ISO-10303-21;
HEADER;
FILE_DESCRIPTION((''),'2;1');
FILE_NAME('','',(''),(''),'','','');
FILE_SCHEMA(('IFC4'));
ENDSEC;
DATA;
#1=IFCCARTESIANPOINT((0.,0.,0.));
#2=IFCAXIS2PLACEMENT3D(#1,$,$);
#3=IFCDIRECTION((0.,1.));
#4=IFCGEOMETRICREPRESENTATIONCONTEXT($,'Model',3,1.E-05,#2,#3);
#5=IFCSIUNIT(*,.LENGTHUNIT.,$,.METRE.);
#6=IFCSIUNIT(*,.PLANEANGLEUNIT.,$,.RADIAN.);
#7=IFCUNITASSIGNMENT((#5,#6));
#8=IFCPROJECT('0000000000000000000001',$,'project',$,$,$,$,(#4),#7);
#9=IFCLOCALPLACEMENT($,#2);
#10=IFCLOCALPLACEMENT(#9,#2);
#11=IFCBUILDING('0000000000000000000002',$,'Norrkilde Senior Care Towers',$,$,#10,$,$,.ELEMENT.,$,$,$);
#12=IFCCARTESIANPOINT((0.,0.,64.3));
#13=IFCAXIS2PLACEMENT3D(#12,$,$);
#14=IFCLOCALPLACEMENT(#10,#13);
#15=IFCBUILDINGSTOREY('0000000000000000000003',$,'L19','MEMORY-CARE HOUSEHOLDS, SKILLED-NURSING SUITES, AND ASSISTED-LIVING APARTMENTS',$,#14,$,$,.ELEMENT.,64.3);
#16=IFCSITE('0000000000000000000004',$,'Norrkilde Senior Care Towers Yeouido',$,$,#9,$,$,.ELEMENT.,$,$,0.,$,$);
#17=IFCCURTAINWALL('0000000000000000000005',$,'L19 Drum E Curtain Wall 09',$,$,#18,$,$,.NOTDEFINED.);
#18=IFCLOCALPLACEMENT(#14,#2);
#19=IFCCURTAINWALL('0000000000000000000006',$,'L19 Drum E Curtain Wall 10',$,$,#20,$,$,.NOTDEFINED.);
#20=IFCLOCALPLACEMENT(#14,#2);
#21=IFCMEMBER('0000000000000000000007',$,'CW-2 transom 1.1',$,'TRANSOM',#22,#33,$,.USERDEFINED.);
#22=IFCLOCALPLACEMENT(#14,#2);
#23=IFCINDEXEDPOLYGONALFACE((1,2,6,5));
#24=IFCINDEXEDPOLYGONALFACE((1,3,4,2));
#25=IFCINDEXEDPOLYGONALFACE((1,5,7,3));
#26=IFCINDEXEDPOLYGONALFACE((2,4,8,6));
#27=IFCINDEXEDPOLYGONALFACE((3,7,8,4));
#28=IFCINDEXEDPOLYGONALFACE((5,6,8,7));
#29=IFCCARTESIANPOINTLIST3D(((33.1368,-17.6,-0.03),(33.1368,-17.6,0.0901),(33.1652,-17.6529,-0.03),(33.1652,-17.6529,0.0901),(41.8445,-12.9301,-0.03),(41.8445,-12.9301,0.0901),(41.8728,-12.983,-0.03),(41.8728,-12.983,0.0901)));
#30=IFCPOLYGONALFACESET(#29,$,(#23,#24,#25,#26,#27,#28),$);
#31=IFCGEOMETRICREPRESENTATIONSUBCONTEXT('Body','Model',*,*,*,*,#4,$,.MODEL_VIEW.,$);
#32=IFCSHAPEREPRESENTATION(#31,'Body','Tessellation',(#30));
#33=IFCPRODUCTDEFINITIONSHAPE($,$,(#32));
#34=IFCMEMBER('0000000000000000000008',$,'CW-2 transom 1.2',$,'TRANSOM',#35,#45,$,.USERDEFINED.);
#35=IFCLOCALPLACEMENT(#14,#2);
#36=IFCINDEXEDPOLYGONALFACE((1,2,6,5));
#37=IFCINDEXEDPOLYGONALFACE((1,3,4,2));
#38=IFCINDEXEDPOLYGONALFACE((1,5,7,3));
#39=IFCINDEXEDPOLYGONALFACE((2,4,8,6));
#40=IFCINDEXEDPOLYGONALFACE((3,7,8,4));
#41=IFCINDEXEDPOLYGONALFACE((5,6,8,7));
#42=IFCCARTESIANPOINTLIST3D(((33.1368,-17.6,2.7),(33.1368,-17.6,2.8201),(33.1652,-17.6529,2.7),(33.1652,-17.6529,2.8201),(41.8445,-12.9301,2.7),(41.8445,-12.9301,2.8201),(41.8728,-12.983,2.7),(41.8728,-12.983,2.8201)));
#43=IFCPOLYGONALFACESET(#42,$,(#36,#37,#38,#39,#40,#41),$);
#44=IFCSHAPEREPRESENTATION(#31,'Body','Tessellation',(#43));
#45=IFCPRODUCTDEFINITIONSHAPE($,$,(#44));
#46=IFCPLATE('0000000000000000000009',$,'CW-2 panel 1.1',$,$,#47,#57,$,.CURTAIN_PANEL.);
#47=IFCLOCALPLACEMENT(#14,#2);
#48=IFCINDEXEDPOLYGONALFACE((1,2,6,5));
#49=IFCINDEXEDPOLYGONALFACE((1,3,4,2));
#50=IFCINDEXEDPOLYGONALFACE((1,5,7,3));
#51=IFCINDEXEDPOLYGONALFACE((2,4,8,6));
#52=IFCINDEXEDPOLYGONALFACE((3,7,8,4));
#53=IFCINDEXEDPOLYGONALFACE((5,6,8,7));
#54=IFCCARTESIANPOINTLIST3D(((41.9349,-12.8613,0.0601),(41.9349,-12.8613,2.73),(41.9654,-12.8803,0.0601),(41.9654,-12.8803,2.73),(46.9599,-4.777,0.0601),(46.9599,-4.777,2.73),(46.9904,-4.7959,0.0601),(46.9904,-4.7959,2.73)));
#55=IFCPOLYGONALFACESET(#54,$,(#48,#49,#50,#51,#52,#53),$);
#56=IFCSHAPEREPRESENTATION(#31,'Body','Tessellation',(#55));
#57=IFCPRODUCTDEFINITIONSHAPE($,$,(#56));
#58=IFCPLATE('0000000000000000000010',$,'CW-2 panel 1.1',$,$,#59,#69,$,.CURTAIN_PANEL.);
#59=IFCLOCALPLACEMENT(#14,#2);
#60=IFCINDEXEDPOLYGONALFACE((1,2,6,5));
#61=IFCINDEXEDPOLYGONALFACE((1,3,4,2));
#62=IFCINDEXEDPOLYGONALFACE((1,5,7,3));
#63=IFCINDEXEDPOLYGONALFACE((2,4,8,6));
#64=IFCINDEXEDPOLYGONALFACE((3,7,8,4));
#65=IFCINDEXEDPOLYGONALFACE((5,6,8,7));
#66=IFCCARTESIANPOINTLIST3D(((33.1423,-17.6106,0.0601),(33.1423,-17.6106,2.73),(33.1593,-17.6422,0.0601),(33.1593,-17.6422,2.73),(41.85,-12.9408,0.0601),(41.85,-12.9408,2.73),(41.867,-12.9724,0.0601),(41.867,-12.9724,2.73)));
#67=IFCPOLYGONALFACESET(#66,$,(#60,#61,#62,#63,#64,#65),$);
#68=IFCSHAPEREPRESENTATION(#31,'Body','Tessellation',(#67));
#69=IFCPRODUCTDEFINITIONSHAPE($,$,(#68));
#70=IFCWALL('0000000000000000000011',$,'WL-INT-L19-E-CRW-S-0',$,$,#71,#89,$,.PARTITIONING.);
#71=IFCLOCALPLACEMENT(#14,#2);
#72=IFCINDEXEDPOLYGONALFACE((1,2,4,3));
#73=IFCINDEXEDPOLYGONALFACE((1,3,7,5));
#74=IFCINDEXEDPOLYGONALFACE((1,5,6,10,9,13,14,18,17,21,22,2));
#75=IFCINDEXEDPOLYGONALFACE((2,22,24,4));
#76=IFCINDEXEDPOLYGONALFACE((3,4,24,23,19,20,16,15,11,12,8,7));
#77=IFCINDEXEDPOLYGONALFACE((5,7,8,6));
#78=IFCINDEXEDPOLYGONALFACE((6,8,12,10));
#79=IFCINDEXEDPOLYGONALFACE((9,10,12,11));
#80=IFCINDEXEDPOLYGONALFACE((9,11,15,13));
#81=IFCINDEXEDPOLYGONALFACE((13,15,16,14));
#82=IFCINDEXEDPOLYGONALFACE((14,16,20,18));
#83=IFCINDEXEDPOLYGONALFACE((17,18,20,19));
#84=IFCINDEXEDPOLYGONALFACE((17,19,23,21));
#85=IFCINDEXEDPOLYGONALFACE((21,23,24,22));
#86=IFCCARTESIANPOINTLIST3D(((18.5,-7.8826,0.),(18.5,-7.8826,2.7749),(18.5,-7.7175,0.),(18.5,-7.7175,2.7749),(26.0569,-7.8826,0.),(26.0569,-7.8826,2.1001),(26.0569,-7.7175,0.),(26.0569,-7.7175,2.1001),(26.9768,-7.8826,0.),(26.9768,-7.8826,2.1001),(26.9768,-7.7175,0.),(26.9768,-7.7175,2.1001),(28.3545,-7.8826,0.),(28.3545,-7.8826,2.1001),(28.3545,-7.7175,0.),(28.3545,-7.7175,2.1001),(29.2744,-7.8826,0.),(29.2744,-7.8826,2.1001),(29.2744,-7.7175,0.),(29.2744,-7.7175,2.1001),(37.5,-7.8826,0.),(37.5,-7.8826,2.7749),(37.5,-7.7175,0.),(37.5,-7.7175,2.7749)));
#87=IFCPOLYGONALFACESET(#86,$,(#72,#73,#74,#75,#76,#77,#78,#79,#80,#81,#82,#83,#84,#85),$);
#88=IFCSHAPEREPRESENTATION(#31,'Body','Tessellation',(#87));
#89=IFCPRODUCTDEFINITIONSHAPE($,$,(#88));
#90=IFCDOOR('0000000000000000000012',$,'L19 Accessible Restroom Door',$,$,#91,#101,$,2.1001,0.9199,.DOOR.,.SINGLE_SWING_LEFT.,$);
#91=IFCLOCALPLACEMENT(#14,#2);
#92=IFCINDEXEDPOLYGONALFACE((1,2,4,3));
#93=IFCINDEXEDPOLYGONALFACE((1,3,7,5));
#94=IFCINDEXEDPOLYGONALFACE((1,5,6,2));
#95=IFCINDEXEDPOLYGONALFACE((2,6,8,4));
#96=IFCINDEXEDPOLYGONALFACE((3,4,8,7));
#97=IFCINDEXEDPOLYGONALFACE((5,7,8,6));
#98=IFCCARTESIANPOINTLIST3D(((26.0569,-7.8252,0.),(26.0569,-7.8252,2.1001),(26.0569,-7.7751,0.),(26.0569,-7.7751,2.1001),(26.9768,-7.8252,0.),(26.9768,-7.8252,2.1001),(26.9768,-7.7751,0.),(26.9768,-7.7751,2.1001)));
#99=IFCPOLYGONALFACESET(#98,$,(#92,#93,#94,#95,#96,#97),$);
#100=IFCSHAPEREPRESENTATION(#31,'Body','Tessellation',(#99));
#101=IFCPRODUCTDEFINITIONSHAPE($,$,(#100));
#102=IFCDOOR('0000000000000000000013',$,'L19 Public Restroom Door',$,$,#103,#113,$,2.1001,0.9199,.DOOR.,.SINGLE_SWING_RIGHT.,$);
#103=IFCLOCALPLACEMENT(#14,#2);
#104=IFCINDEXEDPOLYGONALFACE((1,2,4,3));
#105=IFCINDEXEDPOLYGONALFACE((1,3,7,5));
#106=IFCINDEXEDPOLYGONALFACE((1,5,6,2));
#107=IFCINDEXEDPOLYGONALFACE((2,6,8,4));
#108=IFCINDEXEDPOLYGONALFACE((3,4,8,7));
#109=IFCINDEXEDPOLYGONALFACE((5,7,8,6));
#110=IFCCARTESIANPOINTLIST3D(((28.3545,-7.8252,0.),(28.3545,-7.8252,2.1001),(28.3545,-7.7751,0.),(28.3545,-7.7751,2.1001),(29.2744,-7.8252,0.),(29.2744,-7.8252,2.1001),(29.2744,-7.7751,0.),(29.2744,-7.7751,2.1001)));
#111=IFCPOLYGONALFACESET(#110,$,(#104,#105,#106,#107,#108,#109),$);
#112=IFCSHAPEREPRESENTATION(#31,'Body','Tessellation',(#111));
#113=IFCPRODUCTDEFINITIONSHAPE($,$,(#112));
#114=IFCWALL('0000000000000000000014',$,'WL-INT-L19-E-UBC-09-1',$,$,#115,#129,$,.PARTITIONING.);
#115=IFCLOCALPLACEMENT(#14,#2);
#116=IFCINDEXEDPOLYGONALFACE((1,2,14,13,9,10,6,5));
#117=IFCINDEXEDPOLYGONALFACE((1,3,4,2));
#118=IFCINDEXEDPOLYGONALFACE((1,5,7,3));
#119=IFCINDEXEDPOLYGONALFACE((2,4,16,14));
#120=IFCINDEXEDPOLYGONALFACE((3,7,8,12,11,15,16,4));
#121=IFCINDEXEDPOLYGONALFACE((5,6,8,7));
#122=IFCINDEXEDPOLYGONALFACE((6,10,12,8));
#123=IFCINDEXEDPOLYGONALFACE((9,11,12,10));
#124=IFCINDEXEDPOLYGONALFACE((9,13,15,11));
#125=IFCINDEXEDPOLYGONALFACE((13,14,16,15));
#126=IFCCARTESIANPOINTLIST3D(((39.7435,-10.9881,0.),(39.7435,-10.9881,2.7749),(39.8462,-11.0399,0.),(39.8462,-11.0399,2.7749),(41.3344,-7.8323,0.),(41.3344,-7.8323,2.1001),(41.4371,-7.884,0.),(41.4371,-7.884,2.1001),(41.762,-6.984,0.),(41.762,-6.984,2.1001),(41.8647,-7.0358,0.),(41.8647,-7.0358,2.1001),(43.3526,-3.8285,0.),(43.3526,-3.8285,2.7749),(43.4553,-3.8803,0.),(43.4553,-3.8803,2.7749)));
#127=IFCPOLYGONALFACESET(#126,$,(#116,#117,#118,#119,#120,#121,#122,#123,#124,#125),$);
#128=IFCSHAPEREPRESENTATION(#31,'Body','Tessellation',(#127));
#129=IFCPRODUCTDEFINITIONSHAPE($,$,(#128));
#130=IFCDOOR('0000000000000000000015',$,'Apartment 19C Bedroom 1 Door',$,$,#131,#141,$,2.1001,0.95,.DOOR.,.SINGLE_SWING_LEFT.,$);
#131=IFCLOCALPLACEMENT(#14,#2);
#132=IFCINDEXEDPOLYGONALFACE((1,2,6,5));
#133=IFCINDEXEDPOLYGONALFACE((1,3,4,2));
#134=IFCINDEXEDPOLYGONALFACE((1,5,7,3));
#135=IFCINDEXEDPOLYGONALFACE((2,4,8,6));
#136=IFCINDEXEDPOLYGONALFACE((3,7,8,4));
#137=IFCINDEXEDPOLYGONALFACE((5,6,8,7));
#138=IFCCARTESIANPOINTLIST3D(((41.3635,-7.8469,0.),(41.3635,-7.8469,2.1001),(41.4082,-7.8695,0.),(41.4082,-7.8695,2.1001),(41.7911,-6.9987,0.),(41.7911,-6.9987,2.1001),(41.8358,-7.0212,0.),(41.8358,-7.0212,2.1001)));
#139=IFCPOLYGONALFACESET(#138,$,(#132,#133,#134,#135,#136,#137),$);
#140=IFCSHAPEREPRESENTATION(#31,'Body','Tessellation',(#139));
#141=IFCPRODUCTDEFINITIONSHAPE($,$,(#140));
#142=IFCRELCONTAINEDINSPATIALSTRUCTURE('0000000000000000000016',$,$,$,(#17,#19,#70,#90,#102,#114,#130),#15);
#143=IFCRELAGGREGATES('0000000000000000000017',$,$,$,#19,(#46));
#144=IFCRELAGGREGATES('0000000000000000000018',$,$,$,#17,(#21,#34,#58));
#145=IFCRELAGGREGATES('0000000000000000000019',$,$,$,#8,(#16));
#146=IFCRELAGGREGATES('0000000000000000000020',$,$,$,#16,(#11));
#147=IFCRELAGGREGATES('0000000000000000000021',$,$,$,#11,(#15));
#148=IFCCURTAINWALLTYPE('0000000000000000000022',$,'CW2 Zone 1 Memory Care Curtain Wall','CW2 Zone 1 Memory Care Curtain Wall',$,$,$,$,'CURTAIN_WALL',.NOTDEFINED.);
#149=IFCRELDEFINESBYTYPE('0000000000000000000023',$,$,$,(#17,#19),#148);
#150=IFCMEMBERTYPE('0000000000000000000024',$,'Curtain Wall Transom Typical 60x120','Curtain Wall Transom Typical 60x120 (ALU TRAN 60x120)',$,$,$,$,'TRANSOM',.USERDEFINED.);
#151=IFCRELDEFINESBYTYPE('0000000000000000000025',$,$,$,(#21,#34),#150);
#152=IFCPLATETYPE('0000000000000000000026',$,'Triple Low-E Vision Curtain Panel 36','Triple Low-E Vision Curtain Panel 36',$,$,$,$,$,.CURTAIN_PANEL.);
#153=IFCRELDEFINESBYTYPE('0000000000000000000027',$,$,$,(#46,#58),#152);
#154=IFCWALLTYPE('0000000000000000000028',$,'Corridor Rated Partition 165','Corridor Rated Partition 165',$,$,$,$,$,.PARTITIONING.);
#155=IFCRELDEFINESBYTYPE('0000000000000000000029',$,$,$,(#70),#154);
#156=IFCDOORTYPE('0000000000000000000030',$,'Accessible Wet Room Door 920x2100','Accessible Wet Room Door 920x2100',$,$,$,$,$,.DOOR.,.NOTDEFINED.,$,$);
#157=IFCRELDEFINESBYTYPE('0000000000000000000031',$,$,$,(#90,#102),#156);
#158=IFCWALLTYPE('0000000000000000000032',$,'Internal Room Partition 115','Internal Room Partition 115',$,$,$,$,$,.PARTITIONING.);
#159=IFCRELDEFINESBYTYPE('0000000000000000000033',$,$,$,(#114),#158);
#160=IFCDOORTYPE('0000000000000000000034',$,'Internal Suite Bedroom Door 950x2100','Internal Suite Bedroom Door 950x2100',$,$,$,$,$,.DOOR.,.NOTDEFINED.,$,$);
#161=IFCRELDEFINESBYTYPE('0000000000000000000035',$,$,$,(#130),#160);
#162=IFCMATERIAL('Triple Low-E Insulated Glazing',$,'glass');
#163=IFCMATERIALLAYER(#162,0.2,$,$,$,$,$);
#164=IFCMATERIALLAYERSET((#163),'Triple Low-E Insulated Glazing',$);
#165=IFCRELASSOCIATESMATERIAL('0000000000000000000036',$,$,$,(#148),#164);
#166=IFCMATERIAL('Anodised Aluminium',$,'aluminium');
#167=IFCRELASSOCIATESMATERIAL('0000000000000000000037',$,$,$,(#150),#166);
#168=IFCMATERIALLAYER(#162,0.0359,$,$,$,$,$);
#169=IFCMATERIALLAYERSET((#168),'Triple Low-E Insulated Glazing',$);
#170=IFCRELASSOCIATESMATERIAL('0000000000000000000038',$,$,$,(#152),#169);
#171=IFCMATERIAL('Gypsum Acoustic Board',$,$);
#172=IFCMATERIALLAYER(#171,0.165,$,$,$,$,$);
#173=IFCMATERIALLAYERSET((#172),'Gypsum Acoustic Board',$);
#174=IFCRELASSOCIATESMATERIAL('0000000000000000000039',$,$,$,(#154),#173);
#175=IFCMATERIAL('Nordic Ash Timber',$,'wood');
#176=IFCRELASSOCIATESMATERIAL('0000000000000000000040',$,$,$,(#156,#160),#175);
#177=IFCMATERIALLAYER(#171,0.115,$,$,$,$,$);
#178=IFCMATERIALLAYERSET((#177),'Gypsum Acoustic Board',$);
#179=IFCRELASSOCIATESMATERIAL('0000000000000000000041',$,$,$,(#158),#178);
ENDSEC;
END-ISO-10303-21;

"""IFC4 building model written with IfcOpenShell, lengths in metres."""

from ifc_helpers import new_model, si_unit, direction, frame, frame_2d, origin, origin_2d, place, context, subcontext, project, spatial, rectangle, extrude, source, transform, mapped, material, layer, layer_set, material_profile, profile_set, type_object, type_shapes, element, fill, aggregate, save


model = new_model("IFC4")

# Units and contexts
model_context = context("Model", 3, precision=1e-05, world=origin(), true_north=direction((0.0, 1.0)))
body_context = subcontext(model_context, "Body", "Model", "MODEL_VIEW")
ifc_project = project(units=[si_unit("LENGTHUNIT", "METRE"), si_unit("PLANEANGLEUNIT", "RADIAN")], contexts=[model_context])

# Site, building, storey
site_placement = place(None, origin())
site = spatial("IfcSite", under=ifc_project, at=site_placement, Name="Norrkilde Senior Care Towers Yeouido", CompositionType="ELEMENT", RefElevation=0.0)
building_placement = place(site_placement, origin())
building = spatial("IfcBuilding", under=site, at=building_placement, Name="Norrkilde Senior Care Towers", CompositionType="ELEMENT")
storey_placement = place(building_placement, frame((0.0, 0.0, 64.3)))
storey = spatial("IfcBuildingStorey", under=building, at=storey_placement, Name="L19", Description="MEMORY-CARE HOUSEHOLDS, SKILLED-NURSING SUITES, AND ASSISTED-LIVING APARTMENTS", CompositionType="ELEMENT", Elevation=64.3)

# Curtain wall
ifc_material_1 = material(Name="Triple Low-E Insulated Glazing", Category="glass")
ifc_layer_1 = layer(ifc_material_1, 0.2)
ifc_layer_set_1 = layer_set([ifc_layer_1], Name="Triple Low-E Insulated Glazing")
curtain_wall_type = type_object("IfcCurtainWallType", Name="CW2 Zone 1 Memory Care Curtain Wall", Description="CW2 Zone 1 Memory Care Curtain Wall", ElementType="CURTAIN_WALL", PredefinedType="NOTDEFINED", material=ifc_layer_set_1)
curtain_wall_1_placement = place(storey_placement, origin())
curtain_wall_1 = element("IfcCurtainWall", 1, at=curtain_wall_1_placement, inside=storey, type_object=curtain_wall_type, Name="L19 Drum E Curtain Wall 09", PredefinedType="NOTDEFINED")
ifc_material_2 = material(Name="Anodised Aluminium", Category="aluminium")

# Curtain wall
curtain_wall_2_placement = place(storey_placement, origin())
curtain_wall_2 = element("IfcCurtainWall", 2, at=curtain_wall_2_placement, inside=storey, type_object=curtain_wall_type, Name="L19 Drum E Curtain Wall 10", PredefinedType="NOTDEFINED")

# Members
ifc_material_profile_1 = material_profile(ifc_material_2, rectangle(XDim=0.0601, YDim=0.1201, at=origin_2d()), Name="ALU TRAN 60x120")
ifc_profile_set_1 = profile_set([ifc_material_profile_1], Name="Anodised Aluminium")
member_type_1 = type_object("IfcMemberType", Name="Curtain Wall Transom Typical 60x120", Description="Curtain Wall Transom Typical 60x120 (ALU TRAN 60x120)", ElementType="TRANSOM", PredefinedType="USERDEFINED", material=ifc_profile_set_1)
shared_shape_1 = source(origin(), body_context, "Body", "SweptSolid", [
    extrude(rectangle(XDim=0.0601, YDim=0.1201, at=origin_2d()), origin(), (0.0, 0.0, 1.0), 9.8809),
])
member_1_placement = place(storey_placement, frame((41.8586, -12.9565, 0.03), z_axis=(-0.881267, -0.472618, 0.0), x_axis=(0.472618, -0.881267, 0.0)))
member_1 = element("IfcMember", 3, at=member_1_placement, type_object=member_type_1, Name="CW-2 transom 1.1", ObjectType="TRANSOM", PredefinedType="USERDEFINED", context=body_context, shape_type="MappedRepresentation", body=[
    mapped(shared_shape_1, transform((0.0, 0.0, 0.0), x_axis=(1.0, 0.0, 0.0), y_axis=(0.0, 1.0, 0.0), z_axis=(0.0, 0.0, 1.0), scale=1.0)),
])
member_2_placement = place(storey_placement, frame((41.8586, -12.9565, 2.76), z_axis=(-0.881267, -0.472618, 0.0), x_axis=(0.472618, -0.881267, 0.0)))
member_2 = element("IfcMember", 4, at=member_2_placement, type_object=member_type_1, Name="CW-2 transom 1.2", ObjectType="TRANSOM", PredefinedType="USERDEFINED", context=body_context, shape_type="MappedRepresentation", body=[
    mapped(shared_shape_1, transform((0.0, 0.0, 0.0), x_axis=(1.0, 0.0, 0.0), y_axis=(0.0, 1.0, 0.0), z_axis=(0.0, 0.0, 1.0), scale=1.0)),
])

# Plates
ifc_layer_2 = layer(ifc_material_1, 0.0359)
ifc_layer_set_2 = layer_set([ifc_layer_2], Name="Triple Low-E Insulated Glazing")
plate_type = type_object("IfcPlateType", Name="Triple Low-E Vision Curtain Panel 36", Description="Triple Low-E Vision Curtain Panel 36", PredefinedType="CURTAIN_PANEL", material=ifc_layer_set_2)
shared_shape_2 = source(origin(), body_context, "Body", "SweptSolid", [
    extrude(rectangle(XDim=9.5188, YDim=0.0359, at=origin_2d()), origin(), (0.0, 0.0, 1.0), 2.6699),
])
plate_1_placement = place(storey_placement, frame((44.4626, -8.8286, 0.0601), z_axis=(0.0, 0.0, 1.0), x_axis=(-0.527901, -0.849306, 0.0)))
plate_1 = element("IfcPlate", 5, at=plate_1_placement, type_object=plate_type, Name="CW-2 panel 1.1", PredefinedType="CURTAIN_PANEL", context=body_context, shape_type="MappedRepresentation", body=[
    mapped(shared_shape_2, transform((0.0, 0.0, 0.0), x_axis=(1.0, 0.0, 0.0), y_axis=(0.0, 1.0, 0.0), z_axis=(0.0, 0.0, 1.0), scale=1.0)),
])
aggregate(curtain_wall_2, [plate_1])
shared_shape_3 = source(origin(), body_context, "Body", "SweptSolid", [
    extrude(rectangle(XDim=9.8809, YDim=0.0359, at=origin_2d()), origin(), (0.0, 0.0, 1.0), 2.6699),
])
type_shapes(plate_type, [shared_shape_2, shared_shape_3])
plate_2_placement = place(storey_placement, frame((37.5046, -15.2915, 0.0601), z_axis=(0.0, 0.0, 1.0), x_axis=(-0.881273, -0.472608, 0.0)))
plate_2 = element("IfcPlate", 6, at=plate_2_placement, type_object=plate_type, Name="CW-2 panel 1.1", PredefinedType="CURTAIN_PANEL", context=body_context, shape_type="MappedRepresentation", body=[
    mapped(shared_shape_3, transform((0.0, 0.0, 0.0), x_axis=(1.0, 0.0, 0.0), y_axis=(0.0, 1.0, 0.0), z_axis=(0.0, 0.0, 1.0), scale=1.0)),
])
aggregate(curtain_wall_1, [member_1, member_2, plate_2])

# Wall, openings, doors
ifc_material_3 = material(Name="Gypsum Acoustic Board")
ifc_layer_3 = layer(ifc_material_3, 0.165)
ifc_layer_set_3 = layer_set([ifc_layer_3], Name="Gypsum Acoustic Board")
wall_type_1 = type_object("IfcWallType", Name="Corridor Rated Partition 165", Description="Corridor Rated Partition 165", PredefinedType="PARTITIONING", material=ifc_layer_set_3)
shared_shape_4 = source(origin(), body_context, "Body", "SweptSolid", [
    extrude(rectangle(XDim=19.0, YDim=0.165, at=frame_2d((9.5, 0.0))), origin(), (0.0, 0.0, 1.0), 2.7749),
])
type_shapes(wall_type_1, [shared_shape_4])
wall_1_placement = place(storey_placement, frame((37.5, -7.8, 0.0), z_axis=(0.0, 0.0, 1.0), x_axis=(-1.0, 0.0, 0.0)))
wall_1 = element("IfcWall", 7, at=wall_1_placement, inside=storey, type_object=wall_type_1, Name="WL-INT-L19-E-CRW-S-0", PredefinedType="PARTITIONING", context=body_context, shape_type="MappedRepresentation", body=[
    mapped(shared_shape_4, transform((0.0, 0.0, 0.0), x_axis=(1.0, 0.0, 0.0), y_axis=(0.0, 1.0, 0.0), z_axis=(0.0, 0.0, 1.0), scale=1.0)),
])
opening_1_placement = place(wall_1_placement, frame((10.5232, 0.0, 0.0)))
opening_1 = element("IfcOpeningElement", 8, at=opening_1_placement, cuts=wall_1, PredefinedType="OPENING", context=body_context, shape_type="SweptSolid", body=[
    extrude(rectangle(XDim=0.9199, YDim=2.1001, at=frame_2d((0.46, 1.05))), frame((0.0, 0.0925, 0.0), z_axis=(0.0, -1.0, 0.0), x_axis=(1.0, 0.0, 0.0)), (0.0, 0.0, 1.0), 0.1851),
])
opening_2_placement = place(wall_1_placement, frame((8.2256, 0.0, 0.0)))
opening_2 = element("IfcOpeningElement", 9, at=opening_2_placement, cuts=wall_1, PredefinedType="OPENING", context=body_context, shape_type="SweptSolid", body=[
    extrude(rectangle(XDim=0.9199, YDim=2.1001, at=frame_2d((0.46, 1.05))), frame((0.0, 0.0925, 0.0), z_axis=(0.0, -1.0, 0.0), x_axis=(1.0, 0.0, 0.0)), (0.0, 0.0, 1.0), 0.1851),
])
ifc_material_4 = material(Name="Nordic Ash Timber", Category="wood")
door_type_1 = type_object("IfcDoorType", Name="Accessible Wet Room Door 920x2100", Description="Accessible Wet Room Door 920x2100", OperationType="NOTDEFINED", PredefinedType="DOOR", material=ifc_material_4)
shared_shape_5 = source(origin(), body_context, "Body", "SweptSolid", [
    extrude(rectangle(XDim=0.9199, YDim=2.1001, at=frame_2d((0.46, 1.05))), frame((0.0, 0.0249, 0.0), z_axis=(0.0, -1.0, 0.0), x_axis=(1.0, 0.0, 0.0)), (0.0, 0.0, 1.0), 0.05),
])
type_shapes(door_type_1, [shared_shape_5])
door_1_placement = place(opening_1_placement, frame((0.9199, 0.0, 0.0), z_axis=(0.0, 0.0, 1.0), x_axis=(-1.0, 0.0, 0.0)))
door_1 = element("IfcDoor", 10, at=door_1_placement, inside=storey, type_object=door_type_1, Name="L19 Accessible Restroom Door", OperationType="SINGLE_SWING_LEFT", OverallHeight=2.1001, OverallWidth=0.9199, PredefinedType="DOOR", context=body_context, shape_type="MappedRepresentation", body=[
    mapped(shared_shape_5, transform((0.0, 0.0, 0.0), x_axis=(1.0, 0.0, 0.0), y_axis=(0.0, 1.0, 0.0), z_axis=(0.0, 0.0, 1.0), scale=1.0)),
])
fill(opening_1, door_1)
door_2_placement = place(opening_2_placement, frame((0.9199, 0.0, 0.0), z_axis=(0.0, 0.0, 1.0), x_axis=(-1.0, 0.0, 0.0)))
door_2 = element("IfcDoor", 11, at=door_2_placement, inside=storey, type_object=door_type_1, Name="L19 Public Restroom Door", OperationType="SINGLE_SWING_RIGHT", OverallHeight=2.1001, OverallWidth=0.9199, PredefinedType="DOOR", context=body_context, shape_type="MappedRepresentation", body=[
    mapped(shared_shape_5, transform((0.0, 0.0, 0.0), x_axis=(1.0, 0.0, 0.0), y_axis=(0.0, 1.0, 0.0), z_axis=(0.0, 0.0, 1.0), scale=1.0)),
])
fill(opening_2, door_2)

# Wall, opening, door
ifc_layer_4 = layer(ifc_material_3, 0.115)
ifc_layer_set_4 = layer_set([ifc_layer_4], Name="Gypsum Acoustic Board")
wall_type_2 = type_object("IfcWallType", Name="Internal Room Partition 115", Description="Internal Room Partition 115", PredefinedType="PARTITIONING", material=ifc_layer_set_4)
shared_shape_6 = source(origin(), body_context, "Body", "SweptSolid", [
    extrude(rectangle(XDim=8.0178, YDim=0.115, at=frame_2d((4.0088, 0.0))), origin(), (0.0, 0.0, 1.0), 2.7749),
])
wall_2_placement = place(storey_placement, frame((39.7949, -11.0139, 0.0), z_axis=(0.0, 0.0, 1.0), x_axis=(0.450134, 0.892961, 0.0)))
wall_2 = element("IfcWall", 12, at=wall_2_placement, inside=storey, type_object=wall_type_2, Name="WL-INT-L19-E-UBC-09-1", PredefinedType="PARTITIONING", context=body_context, shape_type="MappedRepresentation", body=[
    mapped(shared_shape_6, transform((0.0, 0.0, 0.0), x_axis=(1.0, 0.0, 0.0), y_axis=(0.0, 1.0, 0.0), z_axis=(0.0, 0.0, 1.0), scale=1.0)),
])
opening_3_placement = place(wall_2_placement, frame((3.5339, 0.0, 0.0)))
opening_3 = element("IfcOpeningElement", 13, at=opening_3_placement, cuts=wall_2, PredefinedType="OPENING", context=body_context, shape_type="SweptSolid", body=[
    extrude(rectangle(XDim=0.95, YDim=2.1001, at=frame_2d((0.4751, 1.05))), frame((0.0, 0.0674, 0.0), z_axis=(0.0, -1.0, 0.0), x_axis=(1.0, 0.0, 0.0)), (0.0, 0.0, 1.0), 0.135),
])
door_type_2 = type_object("IfcDoorType", Name="Internal Suite Bedroom Door 950x2100", Description="Internal Suite Bedroom Door 950x2100", OperationType="NOTDEFINED", PredefinedType="DOOR", material=ifc_material_4)
shared_shape_7 = source(origin(), body_context, "Body", "SweptSolid", [
    extrude(rectangle(XDim=0.95, YDim=2.1001, at=frame_2d((0.4751, 1.05))), frame((0.0, 0.0249, 0.0), z_axis=(0.0, -1.0, 0.0), x_axis=(1.0, 0.0, 0.0)), (0.0, 0.0, 1.0), 0.05),
])
type_shapes(door_type_2, [shared_shape_7])
door_3_placement = place(opening_3_placement, origin())
door_3 = element("IfcDoor", 14, at=door_3_placement, inside=storey, type_object=door_type_2, Name="Apartment 19C Bedroom 1 Door", OperationType="SINGLE_SWING_LEFT", OverallHeight=2.1001, OverallWidth=0.95, PredefinedType="DOOR", context=body_context, shape_type="MappedRepresentation", body=[
    mapped(shared_shape_7, transform((0.0, 0.0, 0.0), x_axis=(1.0, 0.0, 0.0), y_axis=(0.0, 1.0, 0.0), z_axis=(0.0, 0.0, 1.0), scale=1.0)),
])
fill(opening_3, door_3)

save(model, "model.ifc")
